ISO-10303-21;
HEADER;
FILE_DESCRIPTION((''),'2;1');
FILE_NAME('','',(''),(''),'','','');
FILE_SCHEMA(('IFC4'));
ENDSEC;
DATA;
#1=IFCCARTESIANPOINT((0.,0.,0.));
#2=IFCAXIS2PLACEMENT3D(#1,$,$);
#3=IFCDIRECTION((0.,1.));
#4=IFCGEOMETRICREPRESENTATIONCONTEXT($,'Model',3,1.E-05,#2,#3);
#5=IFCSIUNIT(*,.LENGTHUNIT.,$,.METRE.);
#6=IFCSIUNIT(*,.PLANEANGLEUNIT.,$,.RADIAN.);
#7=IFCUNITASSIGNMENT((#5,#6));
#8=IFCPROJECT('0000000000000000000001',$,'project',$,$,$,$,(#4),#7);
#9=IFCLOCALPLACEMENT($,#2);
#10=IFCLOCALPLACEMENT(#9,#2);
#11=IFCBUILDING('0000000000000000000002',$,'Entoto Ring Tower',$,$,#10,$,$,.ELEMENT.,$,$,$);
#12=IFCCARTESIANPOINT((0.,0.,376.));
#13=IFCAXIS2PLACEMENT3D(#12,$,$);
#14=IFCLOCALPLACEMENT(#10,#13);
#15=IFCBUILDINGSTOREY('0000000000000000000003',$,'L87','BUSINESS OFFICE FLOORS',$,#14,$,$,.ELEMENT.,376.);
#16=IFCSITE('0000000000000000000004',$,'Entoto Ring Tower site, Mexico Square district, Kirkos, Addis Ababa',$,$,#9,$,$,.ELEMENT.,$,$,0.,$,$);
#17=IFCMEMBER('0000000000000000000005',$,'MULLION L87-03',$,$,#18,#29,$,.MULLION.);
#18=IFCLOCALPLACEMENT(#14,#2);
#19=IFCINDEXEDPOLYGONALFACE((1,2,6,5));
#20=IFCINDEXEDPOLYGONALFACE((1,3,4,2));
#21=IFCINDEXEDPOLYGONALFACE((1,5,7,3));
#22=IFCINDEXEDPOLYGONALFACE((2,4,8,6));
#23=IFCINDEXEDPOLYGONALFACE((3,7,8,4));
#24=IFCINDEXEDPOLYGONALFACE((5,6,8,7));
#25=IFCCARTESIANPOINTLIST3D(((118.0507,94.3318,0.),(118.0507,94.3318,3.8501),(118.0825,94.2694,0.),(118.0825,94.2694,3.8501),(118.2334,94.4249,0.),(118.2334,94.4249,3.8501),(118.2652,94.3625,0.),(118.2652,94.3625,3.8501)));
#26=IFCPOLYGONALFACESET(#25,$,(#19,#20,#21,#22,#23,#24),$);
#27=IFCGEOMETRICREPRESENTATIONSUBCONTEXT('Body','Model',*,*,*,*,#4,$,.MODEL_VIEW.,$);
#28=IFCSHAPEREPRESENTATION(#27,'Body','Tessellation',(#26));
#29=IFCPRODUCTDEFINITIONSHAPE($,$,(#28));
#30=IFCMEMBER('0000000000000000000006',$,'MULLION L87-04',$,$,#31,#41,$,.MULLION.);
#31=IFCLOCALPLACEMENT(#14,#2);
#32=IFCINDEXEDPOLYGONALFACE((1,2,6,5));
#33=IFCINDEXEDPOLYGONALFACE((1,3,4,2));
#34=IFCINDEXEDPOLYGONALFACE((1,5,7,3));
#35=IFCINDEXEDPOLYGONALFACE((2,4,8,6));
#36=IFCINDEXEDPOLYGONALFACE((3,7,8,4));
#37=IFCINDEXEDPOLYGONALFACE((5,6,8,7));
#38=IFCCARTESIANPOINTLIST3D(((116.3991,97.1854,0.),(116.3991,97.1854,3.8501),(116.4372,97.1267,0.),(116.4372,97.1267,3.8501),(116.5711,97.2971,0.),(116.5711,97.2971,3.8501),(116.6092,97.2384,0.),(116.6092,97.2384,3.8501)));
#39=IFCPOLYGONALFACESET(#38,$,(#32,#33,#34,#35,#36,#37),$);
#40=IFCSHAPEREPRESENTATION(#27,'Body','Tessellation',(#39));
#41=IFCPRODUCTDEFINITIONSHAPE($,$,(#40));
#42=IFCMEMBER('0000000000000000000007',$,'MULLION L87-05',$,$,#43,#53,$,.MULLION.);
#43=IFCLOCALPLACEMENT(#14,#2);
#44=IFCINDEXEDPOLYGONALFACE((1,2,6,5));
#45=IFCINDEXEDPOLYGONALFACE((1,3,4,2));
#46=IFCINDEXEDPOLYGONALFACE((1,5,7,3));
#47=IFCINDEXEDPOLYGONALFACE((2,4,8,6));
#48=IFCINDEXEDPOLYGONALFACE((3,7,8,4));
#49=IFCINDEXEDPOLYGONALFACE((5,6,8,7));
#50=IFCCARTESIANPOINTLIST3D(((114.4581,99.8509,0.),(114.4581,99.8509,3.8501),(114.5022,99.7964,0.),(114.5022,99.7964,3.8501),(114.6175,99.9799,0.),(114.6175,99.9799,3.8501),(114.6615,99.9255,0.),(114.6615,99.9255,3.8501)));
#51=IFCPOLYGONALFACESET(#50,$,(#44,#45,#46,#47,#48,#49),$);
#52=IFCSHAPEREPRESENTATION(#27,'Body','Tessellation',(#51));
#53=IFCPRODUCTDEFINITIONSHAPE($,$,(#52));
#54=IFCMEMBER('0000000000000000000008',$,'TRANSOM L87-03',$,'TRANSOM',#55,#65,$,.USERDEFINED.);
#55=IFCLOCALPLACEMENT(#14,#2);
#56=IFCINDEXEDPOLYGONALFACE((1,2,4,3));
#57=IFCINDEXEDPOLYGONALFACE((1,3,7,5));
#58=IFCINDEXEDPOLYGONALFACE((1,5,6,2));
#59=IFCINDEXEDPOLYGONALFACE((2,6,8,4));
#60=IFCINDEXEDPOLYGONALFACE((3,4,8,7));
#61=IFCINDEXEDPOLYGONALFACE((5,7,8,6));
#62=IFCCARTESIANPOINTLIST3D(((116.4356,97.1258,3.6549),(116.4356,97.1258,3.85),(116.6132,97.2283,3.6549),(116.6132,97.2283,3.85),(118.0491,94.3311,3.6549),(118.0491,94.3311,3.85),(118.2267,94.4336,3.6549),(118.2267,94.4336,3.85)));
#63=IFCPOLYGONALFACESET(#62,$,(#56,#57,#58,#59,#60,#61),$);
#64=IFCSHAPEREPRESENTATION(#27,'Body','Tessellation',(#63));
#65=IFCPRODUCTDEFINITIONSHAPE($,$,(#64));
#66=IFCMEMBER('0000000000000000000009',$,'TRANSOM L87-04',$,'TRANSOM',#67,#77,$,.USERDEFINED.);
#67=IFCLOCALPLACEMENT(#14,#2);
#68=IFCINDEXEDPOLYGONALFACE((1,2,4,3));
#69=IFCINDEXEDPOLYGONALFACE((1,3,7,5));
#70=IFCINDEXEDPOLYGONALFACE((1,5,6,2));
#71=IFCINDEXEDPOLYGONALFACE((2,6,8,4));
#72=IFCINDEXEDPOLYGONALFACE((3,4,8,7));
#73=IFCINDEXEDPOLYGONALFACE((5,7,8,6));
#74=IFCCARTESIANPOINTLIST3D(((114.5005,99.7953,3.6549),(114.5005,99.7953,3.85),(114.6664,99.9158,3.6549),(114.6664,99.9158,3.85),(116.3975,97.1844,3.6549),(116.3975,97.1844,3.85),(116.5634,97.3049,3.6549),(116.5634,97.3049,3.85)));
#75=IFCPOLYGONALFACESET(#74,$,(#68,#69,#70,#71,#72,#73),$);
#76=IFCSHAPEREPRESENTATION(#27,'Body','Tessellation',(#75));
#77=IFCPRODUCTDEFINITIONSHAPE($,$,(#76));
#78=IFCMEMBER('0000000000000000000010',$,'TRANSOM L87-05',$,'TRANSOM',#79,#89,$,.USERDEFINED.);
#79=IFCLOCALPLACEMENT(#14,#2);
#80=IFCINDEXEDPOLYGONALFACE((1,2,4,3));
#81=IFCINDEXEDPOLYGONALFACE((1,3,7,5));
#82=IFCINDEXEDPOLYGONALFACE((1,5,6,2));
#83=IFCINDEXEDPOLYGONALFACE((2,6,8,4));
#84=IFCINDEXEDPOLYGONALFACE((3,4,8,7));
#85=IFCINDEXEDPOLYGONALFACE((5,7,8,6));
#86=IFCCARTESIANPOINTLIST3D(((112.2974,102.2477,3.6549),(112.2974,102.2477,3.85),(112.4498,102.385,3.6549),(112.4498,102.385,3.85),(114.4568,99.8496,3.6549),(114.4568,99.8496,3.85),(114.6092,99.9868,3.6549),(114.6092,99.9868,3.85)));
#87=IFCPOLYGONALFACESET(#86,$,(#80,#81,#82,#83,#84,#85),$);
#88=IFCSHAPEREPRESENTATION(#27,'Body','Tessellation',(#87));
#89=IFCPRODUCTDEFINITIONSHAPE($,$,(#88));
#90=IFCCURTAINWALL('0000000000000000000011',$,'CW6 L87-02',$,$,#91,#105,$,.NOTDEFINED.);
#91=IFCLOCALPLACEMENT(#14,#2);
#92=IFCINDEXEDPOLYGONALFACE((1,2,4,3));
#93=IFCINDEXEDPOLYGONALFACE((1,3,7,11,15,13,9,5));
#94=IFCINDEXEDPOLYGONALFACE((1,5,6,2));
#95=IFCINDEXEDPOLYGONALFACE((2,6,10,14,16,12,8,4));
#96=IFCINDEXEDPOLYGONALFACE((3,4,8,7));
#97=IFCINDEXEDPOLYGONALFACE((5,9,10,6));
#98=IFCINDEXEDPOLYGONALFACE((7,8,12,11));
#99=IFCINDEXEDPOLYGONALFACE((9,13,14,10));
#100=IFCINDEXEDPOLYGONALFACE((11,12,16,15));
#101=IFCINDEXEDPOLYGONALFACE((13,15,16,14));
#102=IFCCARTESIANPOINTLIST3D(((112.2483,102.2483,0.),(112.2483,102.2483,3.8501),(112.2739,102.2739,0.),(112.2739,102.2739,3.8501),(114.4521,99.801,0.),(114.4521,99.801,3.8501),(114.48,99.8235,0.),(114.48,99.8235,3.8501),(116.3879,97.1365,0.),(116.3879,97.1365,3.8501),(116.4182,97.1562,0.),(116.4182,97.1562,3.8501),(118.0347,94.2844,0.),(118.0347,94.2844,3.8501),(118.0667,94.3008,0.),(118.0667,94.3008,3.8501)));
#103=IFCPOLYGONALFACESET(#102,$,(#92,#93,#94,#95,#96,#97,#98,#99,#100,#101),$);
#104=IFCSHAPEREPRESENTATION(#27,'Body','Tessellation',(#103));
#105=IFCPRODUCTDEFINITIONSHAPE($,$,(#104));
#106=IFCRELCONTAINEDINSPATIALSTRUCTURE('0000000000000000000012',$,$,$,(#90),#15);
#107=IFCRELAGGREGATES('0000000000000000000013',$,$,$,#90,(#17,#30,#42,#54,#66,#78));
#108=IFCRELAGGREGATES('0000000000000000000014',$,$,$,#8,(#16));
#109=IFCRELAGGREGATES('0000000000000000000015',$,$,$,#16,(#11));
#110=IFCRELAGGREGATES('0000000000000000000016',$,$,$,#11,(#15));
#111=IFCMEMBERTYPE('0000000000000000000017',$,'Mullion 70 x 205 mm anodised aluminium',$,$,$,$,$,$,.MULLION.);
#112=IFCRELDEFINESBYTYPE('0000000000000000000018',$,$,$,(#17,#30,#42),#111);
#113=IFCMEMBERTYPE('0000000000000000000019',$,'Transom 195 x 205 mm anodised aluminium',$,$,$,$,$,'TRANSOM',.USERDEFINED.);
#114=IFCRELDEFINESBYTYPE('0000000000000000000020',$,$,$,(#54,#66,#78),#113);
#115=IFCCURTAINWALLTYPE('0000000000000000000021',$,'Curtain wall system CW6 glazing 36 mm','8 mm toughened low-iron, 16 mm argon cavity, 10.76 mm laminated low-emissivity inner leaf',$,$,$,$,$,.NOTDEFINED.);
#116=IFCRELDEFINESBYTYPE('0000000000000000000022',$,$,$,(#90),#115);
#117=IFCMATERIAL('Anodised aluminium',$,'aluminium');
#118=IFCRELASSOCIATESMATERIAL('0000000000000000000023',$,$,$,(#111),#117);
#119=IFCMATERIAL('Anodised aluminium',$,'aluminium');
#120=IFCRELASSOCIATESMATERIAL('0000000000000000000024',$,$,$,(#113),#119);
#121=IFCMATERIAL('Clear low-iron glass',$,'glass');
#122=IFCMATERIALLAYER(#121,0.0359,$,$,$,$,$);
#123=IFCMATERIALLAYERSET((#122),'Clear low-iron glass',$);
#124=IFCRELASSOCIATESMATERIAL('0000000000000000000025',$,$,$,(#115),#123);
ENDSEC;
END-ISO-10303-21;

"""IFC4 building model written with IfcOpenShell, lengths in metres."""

from ifc_helpers import new_model, si_unit, direction, frame, origin, origin_2d, place, context, subcontext, project, spatial, polyline, rectangle, outline, extrude, material, layer, layer_set, material_profile, profile_set, type_object, element, aggregate, save


model = new_model("IFC4")

# Units and contexts
model_context = context("Model", 3, precision=1e-05, world=origin(), true_north=direction((0.0, 1.0)))
body_context = subcontext(model_context, "Body", "Model", "MODEL_VIEW")
ifc_project = project(units=[si_unit("LENGTHUNIT", "METRE"), si_unit("PLANEANGLEUNIT", "RADIAN")], contexts=[model_context])

# Members
ifc_material_1 = material(Name="Anodised aluminium", Category="aluminium")
ifc_material_profile_1 = material_profile(ifc_material_1, rectangle(XDim=0.0701, YDim=0.2051, at=origin_2d()), Name="Mullion 70 x 205 mm anodised aluminium")
ifc_profile_set_1 = profile_set([ifc_material_profile_1], Name="Anodised aluminium")
member_type_1 = type_object("IfcMemberType", Name="Mullion 70 x 205 mm anodised aluminium", PredefinedType="MULLION", material=ifc_profile_set_1)
site_placement = place(None, origin())
building_placement = place(site_placement, origin())
storey_placement = place(building_placement, frame((0.0, 0.0, 376.0)))
member_1_placement = place(storey_placement, frame((118.158, 94.3472, 0.0), z_axis=(0.0, 0.0, 1.0), x_axis=(-0.45399, 0.891007, 0.0)))
member_1 = element("IfcMember", 1, at=member_1_placement, type_object=member_type_1, Name="MULLION L87-03", PredefinedType="MULLION", context=body_context, shape_type="SweptSolid", body=[
    extrude(rectangle(XDim=0.0701, YDim=0.2051, at=origin_2d()), origin(), (0.0, 0.0, 1.0), 3.8501),
])
member_2_placement = place(storey_placement, frame((116.5042, 97.2119, 0.0), z_axis=(0.0, 0.0, 1.0), x_axis=(-0.544639, 0.838671, 0.0)))
member_2 = element("IfcMember", 2, at=member_2_placement, type_object=member_type_1, Name="MULLION L87-04", PredefinedType="MULLION", context=body_context, shape_type="SweptSolid", body=[
    extrude(rectangle(XDim=0.0701, YDim=0.2051, at=origin_2d()), origin(), (0.0, 0.0, 1.0), 3.8501),
])
member_3_placement = place(storey_placement, frame((114.5598, 99.8882, 0.0), z_axis=(0.0, 0.0, 1.0), x_axis=(-0.62932, 0.777146, 0.0)))
member_3 = element("IfcMember", 3, at=member_3_placement, type_object=member_type_1, Name="MULLION L87-05", PredefinedType="MULLION", context=body_context, shape_type="SweptSolid", body=[
    extrude(rectangle(XDim=0.0701, YDim=0.2051, at=origin_2d()), origin(), (0.0, 0.0, 1.0), 3.8501),
])
ifc_material_2 = material(Name="Anodised aluminium", Category="aluminium")
ifc_material_profile_2 = material_profile(ifc_material_2, rectangle(XDim=0.2051, YDim=0.1951, at=origin_2d()), Name="Transom 195 x 205 mm anodised aluminium")
ifc_profile_set_2 = profile_set([ifc_material_profile_2], Name="Anodised aluminium")
member_type_2 = type_object("IfcMemberType", Name="Transom 195 x 205 mm anodised aluminium", ElementType="TRANSOM", PredefinedType="USERDEFINED", material=ifc_profile_set_2)
member_4_placement = place(storey_placement, frame((118.1379, 94.3823, 3.7524), z_axis=(-0.500004, 0.866023, 0.0), x_axis=(-0.866023, -0.500004, 0.0)))
member_4 = element("IfcMember", 4, at=member_4_placement, type_object=member_type_2, Name="TRANSOM L87-03", ObjectType="TRANSOM", PredefinedType="USERDEFINED", context=body_context, shape_type="SweptSolid", body=[
    extrude(rectangle(XDim=0.2051, YDim=0.1951, at=origin_2d()), origin(), (0.0, 0.0, 1.0), 3.2271),
])
member_5_placement = place(storey_placement, frame((116.4805, 97.2446, 3.7524), z_axis=(-0.587803, 0.809004, 0.0), x_axis=(-0.809004, -0.587803, 0.0)))
member_5 = element("IfcMember", 5, at=member_5_placement, type_object=member_type_2, Name="TRANSOM L87-04", ObjectType="TRANSOM", PredefinedType="USERDEFINED", context=body_context, shape_type="SweptSolid", body=[
    extrude(rectangle(XDim=0.2051, YDim=0.1951, at=origin_2d()), origin(), (0.0, 0.0, 1.0), 3.2273),
])
member_6_placement = place(storey_placement, frame((114.533, 99.9182, 3.7524), z_axis=(-0.669144, 0.743132, 0.0), x_axis=(-0.743132, -0.669144, 0.0)))
member_6 = element("IfcMember", 6, at=member_6_placement, type_object=member_type_2, Name="TRANSOM L87-05", ObjectType="TRANSOM", PredefinedType="USERDEFINED", context=body_context, shape_type="SweptSolid", body=[
    extrude(rectangle(XDim=0.2051, YDim=0.1951, at=origin_2d()), origin(), (0.0, 0.0, 1.0), 3.2271),
])

# Site, building, storey
site = spatial("IfcSite", under=ifc_project, at=site_placement, Name="Entoto Ring Tower site, Mexico Square district, Kirkos, Addis Ababa", CompositionType="ELEMENT", RefElevation=0.0)
building = spatial("IfcBuilding", under=site, at=building_placement, Name="Entoto Ring Tower", CompositionType="ELEMENT")
storey = spatial("IfcBuildingStorey", under=building, at=storey_placement, Name="L87", Description="BUSINESS OFFICE FLOORS", CompositionType="ELEMENT", Elevation=376.0)

# Curtain wall
ifc_material_3 = material(Name="Clear low-iron glass", Category="glass")
ifc_layer_1 = layer(ifc_material_3, 0.0359)
ifc_layer_set_1 = layer_set([ifc_layer_1], Name="Clear low-iron glass")
curtain_wall_type = type_object("IfcCurtainWallType", Name="Curtain wall system CW6 glazing 36 mm", Description="8 mm toughened low-iron, 16 mm argon cavity, 10.76 mm laminated low-emissivity inner leaf", PredefinedType="NOTDEFINED", material=ifc_layer_set_1)
curtain_wall_1_placement = place(storey_placement, origin())
curtain_wall_1 = element("IfcCurtainWall", 7, at=curtain_wall_1_placement, inside=storey, type_object=curtain_wall_type, Name="CW6 L87-02", PredefinedType="NOTDEFINED", context=body_context, shape_type="SweptSolid", body=[
    extrude(outline(polyline([(118.0667, 94.3008), (116.4182, 97.1562), (114.48, 99.8235), (112.2739, 102.2739), (112.2483, 102.2483), (114.4521, 99.801), (116.3879, 97.1365), (118.0347, 94.2844), (118.0667, 94.3008)])), origin(), (0.0, 0.0, 1.0), 3.8501),
])
aggregate(curtain_wall_1, [member_1, member_2, member_3, member_4, member_5, member_6])

save(model, "model.ifc")
